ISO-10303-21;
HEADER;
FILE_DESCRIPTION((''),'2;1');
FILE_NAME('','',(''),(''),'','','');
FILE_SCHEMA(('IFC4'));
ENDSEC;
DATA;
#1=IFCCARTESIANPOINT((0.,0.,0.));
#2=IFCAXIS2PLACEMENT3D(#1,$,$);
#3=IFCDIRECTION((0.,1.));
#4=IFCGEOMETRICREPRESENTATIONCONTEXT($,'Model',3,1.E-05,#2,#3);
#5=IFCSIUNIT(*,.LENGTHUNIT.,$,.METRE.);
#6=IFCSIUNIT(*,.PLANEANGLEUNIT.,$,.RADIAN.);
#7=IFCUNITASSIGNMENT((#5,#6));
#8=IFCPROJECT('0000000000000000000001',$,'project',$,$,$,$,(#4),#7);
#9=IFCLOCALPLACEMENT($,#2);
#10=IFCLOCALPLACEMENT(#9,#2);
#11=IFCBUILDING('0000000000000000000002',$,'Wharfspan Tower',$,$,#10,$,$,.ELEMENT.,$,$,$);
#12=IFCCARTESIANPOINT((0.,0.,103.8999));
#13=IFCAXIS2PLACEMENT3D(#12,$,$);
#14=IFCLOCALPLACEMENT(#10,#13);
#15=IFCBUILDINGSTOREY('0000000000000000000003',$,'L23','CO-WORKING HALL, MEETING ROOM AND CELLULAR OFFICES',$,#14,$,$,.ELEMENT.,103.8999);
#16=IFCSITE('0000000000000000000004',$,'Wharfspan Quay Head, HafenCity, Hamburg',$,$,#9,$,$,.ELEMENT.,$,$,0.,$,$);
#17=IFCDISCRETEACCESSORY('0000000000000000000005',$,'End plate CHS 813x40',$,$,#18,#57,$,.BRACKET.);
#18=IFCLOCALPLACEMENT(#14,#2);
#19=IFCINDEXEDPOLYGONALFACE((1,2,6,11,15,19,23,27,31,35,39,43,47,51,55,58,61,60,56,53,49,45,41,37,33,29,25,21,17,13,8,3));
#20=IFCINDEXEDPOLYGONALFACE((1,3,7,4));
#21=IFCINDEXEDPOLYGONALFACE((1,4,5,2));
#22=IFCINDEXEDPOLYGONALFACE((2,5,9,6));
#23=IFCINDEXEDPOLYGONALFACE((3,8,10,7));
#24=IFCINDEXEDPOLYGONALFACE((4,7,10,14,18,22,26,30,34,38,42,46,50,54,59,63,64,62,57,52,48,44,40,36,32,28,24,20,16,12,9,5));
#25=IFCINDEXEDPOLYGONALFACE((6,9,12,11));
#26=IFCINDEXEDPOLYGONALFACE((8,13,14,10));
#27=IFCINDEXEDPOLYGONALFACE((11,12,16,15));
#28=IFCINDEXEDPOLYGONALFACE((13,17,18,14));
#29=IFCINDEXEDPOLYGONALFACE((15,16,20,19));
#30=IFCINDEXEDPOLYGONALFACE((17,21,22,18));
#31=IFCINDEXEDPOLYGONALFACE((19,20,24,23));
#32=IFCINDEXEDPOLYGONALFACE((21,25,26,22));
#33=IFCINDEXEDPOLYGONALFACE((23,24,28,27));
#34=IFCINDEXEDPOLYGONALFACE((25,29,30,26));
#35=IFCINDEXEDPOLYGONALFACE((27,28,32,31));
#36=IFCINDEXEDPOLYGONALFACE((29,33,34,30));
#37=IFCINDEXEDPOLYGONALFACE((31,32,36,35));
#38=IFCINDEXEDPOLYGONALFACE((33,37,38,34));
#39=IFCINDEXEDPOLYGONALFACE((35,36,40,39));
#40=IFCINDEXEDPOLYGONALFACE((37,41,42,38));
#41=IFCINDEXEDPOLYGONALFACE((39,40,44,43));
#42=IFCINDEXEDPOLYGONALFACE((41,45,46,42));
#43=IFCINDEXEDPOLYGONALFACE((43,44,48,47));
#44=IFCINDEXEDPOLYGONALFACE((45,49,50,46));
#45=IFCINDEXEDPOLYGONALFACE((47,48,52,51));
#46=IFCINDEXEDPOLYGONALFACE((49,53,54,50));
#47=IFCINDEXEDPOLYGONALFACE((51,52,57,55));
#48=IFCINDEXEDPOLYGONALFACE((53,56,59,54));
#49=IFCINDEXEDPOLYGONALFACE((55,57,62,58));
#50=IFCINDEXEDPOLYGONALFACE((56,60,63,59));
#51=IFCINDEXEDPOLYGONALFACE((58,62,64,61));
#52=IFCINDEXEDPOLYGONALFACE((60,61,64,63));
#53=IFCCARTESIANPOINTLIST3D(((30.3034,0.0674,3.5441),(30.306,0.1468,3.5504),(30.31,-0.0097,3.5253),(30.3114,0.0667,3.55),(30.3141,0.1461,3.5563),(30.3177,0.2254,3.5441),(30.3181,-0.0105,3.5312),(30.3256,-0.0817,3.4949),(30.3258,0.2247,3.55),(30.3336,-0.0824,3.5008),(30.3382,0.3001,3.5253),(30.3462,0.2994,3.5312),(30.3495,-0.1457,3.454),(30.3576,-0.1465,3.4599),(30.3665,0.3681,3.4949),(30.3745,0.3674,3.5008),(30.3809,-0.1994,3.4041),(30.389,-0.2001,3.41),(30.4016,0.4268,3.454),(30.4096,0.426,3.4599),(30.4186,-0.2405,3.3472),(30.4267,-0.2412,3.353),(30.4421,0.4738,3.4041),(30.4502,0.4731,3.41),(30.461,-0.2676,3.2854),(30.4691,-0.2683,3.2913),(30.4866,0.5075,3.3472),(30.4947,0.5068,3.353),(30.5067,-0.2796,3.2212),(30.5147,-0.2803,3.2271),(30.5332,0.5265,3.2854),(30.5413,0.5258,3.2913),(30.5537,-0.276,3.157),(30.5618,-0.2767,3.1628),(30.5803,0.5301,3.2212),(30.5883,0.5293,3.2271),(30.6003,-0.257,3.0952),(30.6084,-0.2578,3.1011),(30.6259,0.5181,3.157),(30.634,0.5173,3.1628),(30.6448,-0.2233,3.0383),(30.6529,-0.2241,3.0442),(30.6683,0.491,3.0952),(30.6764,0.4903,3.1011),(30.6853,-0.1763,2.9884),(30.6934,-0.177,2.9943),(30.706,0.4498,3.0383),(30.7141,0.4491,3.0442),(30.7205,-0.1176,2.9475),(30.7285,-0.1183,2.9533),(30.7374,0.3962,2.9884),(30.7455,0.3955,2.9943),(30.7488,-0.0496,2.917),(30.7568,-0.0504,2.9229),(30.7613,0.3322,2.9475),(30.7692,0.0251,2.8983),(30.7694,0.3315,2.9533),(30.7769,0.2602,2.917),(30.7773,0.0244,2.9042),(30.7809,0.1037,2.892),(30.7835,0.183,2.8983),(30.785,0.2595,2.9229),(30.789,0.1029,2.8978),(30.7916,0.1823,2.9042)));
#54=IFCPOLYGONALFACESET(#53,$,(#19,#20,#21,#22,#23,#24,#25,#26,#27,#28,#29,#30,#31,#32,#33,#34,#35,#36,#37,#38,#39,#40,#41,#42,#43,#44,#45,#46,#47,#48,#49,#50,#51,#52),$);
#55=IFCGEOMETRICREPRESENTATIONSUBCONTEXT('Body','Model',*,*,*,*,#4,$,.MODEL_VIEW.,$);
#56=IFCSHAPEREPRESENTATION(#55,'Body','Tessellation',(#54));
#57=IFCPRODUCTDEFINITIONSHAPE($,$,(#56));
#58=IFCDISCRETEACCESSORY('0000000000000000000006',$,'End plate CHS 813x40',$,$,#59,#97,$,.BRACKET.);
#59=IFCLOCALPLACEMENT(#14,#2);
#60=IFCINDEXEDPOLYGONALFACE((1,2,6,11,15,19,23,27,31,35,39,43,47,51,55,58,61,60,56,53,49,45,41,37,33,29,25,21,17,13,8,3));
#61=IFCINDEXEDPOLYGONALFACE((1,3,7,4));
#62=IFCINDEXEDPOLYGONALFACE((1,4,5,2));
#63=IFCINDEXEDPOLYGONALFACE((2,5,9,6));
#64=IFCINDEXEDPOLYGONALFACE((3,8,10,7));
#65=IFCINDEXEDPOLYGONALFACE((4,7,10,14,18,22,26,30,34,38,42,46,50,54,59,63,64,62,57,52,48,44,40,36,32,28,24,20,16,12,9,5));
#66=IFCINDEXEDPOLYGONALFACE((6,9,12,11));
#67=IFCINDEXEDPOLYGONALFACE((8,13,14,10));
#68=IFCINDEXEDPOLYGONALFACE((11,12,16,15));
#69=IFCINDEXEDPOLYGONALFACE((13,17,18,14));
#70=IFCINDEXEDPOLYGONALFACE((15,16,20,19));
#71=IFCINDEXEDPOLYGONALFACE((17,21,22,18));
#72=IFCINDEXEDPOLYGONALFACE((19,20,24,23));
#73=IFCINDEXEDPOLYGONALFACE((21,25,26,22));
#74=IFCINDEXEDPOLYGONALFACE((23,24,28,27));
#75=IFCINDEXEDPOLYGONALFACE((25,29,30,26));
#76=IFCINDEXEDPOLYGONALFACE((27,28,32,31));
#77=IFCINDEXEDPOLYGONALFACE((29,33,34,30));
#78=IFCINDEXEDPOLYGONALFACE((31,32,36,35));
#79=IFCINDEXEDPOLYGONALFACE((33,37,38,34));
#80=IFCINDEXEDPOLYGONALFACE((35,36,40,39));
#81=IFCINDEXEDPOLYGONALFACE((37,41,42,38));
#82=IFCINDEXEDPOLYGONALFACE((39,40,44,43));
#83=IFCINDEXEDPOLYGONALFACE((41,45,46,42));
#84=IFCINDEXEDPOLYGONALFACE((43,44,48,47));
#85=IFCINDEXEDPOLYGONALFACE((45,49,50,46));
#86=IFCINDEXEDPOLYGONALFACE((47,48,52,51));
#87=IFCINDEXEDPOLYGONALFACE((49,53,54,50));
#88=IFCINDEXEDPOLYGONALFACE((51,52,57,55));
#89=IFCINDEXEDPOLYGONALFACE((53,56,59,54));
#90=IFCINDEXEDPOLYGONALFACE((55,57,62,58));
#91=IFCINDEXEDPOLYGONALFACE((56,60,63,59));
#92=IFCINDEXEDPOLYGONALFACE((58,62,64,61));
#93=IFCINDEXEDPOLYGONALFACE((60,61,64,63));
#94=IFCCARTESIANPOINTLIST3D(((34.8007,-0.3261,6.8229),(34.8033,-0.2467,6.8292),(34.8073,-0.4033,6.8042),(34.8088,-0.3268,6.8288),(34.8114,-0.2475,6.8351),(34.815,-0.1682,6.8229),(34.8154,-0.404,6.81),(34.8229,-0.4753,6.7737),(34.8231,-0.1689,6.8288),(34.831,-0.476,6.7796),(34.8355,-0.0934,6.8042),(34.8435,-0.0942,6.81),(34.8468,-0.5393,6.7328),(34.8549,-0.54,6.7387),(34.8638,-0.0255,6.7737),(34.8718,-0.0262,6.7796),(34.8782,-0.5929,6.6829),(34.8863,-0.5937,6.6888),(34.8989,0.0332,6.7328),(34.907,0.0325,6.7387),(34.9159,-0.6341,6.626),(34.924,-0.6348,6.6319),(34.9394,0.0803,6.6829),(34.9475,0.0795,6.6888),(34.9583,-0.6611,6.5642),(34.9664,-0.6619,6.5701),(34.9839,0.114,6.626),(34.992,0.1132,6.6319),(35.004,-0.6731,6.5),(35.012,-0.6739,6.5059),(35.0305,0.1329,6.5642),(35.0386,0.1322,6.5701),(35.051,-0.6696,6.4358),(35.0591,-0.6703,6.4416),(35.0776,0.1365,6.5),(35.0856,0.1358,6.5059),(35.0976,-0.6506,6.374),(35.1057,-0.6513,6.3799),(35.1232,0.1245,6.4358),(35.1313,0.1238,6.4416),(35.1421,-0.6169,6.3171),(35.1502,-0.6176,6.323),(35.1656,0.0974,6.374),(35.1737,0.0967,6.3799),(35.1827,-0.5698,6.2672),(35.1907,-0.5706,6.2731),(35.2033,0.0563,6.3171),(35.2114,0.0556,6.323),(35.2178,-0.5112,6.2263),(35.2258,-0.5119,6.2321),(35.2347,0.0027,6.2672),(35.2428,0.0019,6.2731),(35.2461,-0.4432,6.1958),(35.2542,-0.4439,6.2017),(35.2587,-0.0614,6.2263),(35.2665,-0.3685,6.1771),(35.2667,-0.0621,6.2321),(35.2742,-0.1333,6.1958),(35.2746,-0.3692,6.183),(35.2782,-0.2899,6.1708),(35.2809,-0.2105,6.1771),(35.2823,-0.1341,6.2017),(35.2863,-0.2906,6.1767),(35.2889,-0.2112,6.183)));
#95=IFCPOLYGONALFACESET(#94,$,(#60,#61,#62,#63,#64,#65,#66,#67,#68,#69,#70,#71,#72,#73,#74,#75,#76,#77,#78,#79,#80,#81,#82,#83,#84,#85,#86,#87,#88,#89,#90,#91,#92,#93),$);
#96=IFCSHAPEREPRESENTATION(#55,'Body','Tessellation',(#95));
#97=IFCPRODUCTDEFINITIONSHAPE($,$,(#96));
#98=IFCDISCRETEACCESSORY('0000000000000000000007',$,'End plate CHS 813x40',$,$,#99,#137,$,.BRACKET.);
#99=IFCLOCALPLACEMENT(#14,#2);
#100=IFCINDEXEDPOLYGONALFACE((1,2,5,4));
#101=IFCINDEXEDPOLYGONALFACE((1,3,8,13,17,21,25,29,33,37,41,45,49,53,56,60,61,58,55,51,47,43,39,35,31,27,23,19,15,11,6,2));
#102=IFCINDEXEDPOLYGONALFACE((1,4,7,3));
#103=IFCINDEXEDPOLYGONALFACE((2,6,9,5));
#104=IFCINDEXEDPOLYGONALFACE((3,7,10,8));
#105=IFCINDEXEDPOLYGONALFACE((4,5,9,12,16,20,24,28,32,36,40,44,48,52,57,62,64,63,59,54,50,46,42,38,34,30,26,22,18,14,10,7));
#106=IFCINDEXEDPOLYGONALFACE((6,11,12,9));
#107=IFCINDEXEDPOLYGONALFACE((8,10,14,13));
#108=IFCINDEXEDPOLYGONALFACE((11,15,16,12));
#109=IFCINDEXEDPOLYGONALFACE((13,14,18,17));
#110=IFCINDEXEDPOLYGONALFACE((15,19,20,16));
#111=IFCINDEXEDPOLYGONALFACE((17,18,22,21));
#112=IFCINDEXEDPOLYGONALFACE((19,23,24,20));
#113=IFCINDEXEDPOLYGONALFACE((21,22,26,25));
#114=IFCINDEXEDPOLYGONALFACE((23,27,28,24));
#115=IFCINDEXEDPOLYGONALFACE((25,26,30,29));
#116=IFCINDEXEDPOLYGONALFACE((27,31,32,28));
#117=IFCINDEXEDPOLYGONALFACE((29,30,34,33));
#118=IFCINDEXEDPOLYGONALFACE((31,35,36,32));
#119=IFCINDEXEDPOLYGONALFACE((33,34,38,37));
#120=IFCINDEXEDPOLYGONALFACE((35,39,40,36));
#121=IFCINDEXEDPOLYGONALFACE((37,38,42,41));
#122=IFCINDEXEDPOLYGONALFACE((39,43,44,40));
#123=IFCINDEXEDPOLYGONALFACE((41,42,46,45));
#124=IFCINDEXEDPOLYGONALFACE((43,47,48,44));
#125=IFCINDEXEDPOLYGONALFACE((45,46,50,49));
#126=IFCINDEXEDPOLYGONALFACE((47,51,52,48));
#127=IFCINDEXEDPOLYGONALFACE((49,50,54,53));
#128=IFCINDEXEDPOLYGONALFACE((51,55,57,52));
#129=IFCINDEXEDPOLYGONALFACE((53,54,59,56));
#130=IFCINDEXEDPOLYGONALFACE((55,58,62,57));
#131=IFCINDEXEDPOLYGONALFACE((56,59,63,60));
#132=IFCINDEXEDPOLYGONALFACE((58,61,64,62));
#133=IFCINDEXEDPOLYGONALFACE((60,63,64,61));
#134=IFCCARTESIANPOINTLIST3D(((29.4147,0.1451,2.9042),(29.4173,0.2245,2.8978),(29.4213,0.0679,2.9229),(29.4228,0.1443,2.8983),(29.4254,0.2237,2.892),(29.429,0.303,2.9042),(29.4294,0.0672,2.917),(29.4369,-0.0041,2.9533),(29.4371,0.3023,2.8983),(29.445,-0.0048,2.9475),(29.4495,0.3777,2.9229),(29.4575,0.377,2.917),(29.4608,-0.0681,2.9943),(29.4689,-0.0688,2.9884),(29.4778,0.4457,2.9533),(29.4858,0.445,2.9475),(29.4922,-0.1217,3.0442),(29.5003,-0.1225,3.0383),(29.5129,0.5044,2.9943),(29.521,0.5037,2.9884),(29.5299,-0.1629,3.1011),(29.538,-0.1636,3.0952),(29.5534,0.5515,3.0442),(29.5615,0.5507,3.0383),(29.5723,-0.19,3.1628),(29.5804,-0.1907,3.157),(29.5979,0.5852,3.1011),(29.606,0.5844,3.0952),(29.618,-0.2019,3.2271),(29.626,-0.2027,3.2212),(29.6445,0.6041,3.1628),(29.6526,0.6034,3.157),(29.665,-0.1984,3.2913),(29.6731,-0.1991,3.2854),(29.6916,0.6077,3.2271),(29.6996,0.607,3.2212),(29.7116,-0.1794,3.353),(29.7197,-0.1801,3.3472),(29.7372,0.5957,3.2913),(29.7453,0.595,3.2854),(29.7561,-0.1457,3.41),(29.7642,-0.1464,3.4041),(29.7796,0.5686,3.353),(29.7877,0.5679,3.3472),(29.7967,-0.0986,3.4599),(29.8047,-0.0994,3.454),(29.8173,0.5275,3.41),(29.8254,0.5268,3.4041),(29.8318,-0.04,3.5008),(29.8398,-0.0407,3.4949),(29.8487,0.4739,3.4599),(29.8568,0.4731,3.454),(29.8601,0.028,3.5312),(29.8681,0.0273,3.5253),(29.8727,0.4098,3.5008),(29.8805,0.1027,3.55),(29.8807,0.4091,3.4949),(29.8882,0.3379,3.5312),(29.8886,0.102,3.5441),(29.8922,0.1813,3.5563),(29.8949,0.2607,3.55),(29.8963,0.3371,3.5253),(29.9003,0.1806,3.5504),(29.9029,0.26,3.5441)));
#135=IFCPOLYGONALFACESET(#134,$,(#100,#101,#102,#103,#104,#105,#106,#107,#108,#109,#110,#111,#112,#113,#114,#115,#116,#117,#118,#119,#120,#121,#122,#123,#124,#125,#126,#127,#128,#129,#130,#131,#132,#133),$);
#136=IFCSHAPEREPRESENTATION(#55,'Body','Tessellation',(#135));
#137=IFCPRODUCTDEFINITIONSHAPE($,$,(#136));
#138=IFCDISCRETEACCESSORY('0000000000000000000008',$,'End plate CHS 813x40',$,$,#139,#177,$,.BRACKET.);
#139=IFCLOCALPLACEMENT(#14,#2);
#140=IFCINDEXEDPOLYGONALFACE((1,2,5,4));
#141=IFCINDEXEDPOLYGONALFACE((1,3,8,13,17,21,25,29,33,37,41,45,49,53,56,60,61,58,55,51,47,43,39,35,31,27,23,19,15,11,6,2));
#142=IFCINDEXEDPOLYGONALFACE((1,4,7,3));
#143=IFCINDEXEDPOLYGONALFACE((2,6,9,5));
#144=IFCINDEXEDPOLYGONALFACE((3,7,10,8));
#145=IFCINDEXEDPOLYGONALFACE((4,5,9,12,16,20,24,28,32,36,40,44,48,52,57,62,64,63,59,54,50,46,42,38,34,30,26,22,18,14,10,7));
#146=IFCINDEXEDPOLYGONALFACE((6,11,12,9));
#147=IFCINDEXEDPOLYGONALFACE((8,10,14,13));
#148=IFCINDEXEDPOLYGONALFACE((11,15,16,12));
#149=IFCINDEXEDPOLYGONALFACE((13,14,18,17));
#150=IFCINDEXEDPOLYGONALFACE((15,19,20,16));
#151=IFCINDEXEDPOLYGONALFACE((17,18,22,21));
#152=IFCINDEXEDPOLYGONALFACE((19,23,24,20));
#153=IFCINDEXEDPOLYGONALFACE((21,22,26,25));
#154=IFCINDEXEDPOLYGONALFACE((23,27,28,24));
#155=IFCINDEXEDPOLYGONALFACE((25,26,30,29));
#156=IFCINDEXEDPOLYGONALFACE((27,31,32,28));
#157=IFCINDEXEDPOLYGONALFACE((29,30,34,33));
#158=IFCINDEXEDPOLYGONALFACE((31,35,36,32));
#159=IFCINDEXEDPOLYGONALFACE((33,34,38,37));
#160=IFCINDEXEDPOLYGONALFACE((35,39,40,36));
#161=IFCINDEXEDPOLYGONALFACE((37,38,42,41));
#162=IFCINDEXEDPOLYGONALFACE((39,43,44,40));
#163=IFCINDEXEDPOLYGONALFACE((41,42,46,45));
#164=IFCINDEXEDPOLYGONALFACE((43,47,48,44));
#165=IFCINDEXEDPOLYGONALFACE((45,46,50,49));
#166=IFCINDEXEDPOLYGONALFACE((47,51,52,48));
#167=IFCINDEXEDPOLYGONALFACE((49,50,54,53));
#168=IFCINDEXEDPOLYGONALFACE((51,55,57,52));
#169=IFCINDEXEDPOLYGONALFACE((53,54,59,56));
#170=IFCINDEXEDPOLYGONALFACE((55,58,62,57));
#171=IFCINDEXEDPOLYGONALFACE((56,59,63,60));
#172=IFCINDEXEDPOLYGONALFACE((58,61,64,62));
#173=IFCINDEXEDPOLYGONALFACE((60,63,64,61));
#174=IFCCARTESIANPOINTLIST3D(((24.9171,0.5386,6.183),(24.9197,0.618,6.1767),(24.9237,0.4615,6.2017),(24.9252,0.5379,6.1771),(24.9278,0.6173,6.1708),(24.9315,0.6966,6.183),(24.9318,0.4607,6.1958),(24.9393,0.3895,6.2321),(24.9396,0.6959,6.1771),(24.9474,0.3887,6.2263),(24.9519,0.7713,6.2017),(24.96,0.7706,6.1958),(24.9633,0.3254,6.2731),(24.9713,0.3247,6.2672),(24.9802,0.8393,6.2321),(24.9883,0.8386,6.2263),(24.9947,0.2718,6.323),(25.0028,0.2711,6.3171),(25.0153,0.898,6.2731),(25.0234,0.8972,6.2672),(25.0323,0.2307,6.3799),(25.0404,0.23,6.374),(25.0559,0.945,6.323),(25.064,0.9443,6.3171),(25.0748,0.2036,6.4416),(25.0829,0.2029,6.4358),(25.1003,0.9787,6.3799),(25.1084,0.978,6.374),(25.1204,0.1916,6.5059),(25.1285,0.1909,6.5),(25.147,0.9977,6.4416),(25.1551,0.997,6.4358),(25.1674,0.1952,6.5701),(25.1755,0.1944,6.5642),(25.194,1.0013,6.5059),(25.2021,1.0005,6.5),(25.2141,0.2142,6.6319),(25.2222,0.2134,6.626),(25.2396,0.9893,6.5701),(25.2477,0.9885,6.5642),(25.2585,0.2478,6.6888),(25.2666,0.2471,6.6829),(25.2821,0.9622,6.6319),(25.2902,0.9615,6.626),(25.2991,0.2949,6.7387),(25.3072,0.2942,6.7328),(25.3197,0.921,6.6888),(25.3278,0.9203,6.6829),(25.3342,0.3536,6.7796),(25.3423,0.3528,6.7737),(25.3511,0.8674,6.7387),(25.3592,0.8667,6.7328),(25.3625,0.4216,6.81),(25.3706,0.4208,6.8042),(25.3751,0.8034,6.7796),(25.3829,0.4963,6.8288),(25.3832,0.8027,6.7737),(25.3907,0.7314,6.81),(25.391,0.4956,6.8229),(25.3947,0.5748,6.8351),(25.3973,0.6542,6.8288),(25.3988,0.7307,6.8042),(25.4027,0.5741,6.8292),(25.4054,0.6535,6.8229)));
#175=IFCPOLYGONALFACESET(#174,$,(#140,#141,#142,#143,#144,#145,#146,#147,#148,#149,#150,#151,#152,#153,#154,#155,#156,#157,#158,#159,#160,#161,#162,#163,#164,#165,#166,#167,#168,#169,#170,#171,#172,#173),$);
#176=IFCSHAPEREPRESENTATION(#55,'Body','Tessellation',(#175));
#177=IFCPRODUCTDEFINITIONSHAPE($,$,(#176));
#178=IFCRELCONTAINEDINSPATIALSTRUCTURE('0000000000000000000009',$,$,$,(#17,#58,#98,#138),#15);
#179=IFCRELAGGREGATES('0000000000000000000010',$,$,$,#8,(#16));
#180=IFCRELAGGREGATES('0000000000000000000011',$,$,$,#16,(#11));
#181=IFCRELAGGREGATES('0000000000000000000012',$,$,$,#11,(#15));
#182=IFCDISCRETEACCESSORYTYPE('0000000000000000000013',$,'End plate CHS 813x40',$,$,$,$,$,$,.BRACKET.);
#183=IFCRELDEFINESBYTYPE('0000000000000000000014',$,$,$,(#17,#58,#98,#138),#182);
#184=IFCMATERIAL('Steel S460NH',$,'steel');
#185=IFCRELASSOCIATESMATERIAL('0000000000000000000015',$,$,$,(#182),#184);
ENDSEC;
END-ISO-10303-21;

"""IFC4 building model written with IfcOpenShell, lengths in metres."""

from ifc_helpers import new_model, si_unit, direction, frame, origin, origin_2d, place, context, subcontext, project, spatial, circle, extrude, material, material_profile, profile_set, type_object, element, save


model = new_model("IFC4")

# Units and contexts
model_context = context("Model", 3, precision=1e-05, world=origin(), true_north=direction((0.0, 1.0)))
body_context = subcontext(model_context, "Body", "Model", "MODEL_VIEW")
ifc_project = project(units=[si_unit("LENGTHUNIT", "METRE"), si_unit("PLANEANGLEUNIT", "RADIAN")], contexts=[model_context])

# Site, building, storey
site_placement = place(None, origin())
site = spatial("IfcSite", under=ifc_project, at=site_placement, Name="Wharfspan Quay Head, HafenCity, Hamburg", CompositionType="ELEMENT", RefElevation=0.0)
building_placement = place(site_placement, origin())
building = spatial("IfcBuilding", under=site, at=building_placement, Name="Wharfspan Tower", CompositionType="ELEMENT")
storey_placement = place(building_placement, frame((0.0, 0.0, 103.8999)))
storey = spatial("IfcBuildingStorey", under=building, at=storey_placement, Name="L23", Description="CO-WORKING HALL, MEETING ROOM AND CELLULAR OFFICES", CompositionType="ELEMENT", Elevation=103.8999)

# Shared definitions
ifc_material_1 = material(Name="Steel S460NH", Category="steel")

# Discrete accessories
ifc_material_profile_1 = material_profile(ifc_material_1, circle(Radius=0.4065, at=origin_2d()))
ifc_profile_set_1 = profile_set([ifc_material_profile_1], Name="Steel S460NH")
discrete_accessory_type = type_object("IfcDiscreteAccessoryType", Name="End plate CHS 813x40", PredefinedType="BRACKET", material=ifc_profile_set_1)
for number, where, z_axis, x_axis, name in (
    (1, (30.5435, 0.1252, 3.2212), (0.806559, -0.073324, 0.586588), (0.090536, 0.99589, 0.0), "End plate CHS 813x40"),
    (2, (35.0408, -0.2683, 6.5), (0.806559, -0.073324, 0.586588), (0.090536, 0.99589, 0.0), "End plate CHS 813x40"),
    (3, (29.6628, 0.2021, 3.2212), (-0.806559, 0.073324, 0.586588), (-0.090536, -0.99589, 0.0), "End plate CHS 813x40"),
    (4, (25.1653, 0.5957, 6.5), (-0.806559, 0.073324, 0.586588), (-0.090536, -0.99589, 0.0), "End plate CHS 813x40"),
):
    element("IfcDiscreteAccessory", number, at=place(storey_placement, frame(where, z_axis=z_axis, x_axis=x_axis)), inside=storey, type_object=discrete_accessory_type, Name=name, PredefinedType="BRACKET", context=body_context, shape_type="SweptSolid", body=[
        extrude(circle(Radius=0.4065, at=origin_2d()), origin(), (0.0, 0.0, 1.0), 0.01),
    ])

save(model, "model.ifc")
